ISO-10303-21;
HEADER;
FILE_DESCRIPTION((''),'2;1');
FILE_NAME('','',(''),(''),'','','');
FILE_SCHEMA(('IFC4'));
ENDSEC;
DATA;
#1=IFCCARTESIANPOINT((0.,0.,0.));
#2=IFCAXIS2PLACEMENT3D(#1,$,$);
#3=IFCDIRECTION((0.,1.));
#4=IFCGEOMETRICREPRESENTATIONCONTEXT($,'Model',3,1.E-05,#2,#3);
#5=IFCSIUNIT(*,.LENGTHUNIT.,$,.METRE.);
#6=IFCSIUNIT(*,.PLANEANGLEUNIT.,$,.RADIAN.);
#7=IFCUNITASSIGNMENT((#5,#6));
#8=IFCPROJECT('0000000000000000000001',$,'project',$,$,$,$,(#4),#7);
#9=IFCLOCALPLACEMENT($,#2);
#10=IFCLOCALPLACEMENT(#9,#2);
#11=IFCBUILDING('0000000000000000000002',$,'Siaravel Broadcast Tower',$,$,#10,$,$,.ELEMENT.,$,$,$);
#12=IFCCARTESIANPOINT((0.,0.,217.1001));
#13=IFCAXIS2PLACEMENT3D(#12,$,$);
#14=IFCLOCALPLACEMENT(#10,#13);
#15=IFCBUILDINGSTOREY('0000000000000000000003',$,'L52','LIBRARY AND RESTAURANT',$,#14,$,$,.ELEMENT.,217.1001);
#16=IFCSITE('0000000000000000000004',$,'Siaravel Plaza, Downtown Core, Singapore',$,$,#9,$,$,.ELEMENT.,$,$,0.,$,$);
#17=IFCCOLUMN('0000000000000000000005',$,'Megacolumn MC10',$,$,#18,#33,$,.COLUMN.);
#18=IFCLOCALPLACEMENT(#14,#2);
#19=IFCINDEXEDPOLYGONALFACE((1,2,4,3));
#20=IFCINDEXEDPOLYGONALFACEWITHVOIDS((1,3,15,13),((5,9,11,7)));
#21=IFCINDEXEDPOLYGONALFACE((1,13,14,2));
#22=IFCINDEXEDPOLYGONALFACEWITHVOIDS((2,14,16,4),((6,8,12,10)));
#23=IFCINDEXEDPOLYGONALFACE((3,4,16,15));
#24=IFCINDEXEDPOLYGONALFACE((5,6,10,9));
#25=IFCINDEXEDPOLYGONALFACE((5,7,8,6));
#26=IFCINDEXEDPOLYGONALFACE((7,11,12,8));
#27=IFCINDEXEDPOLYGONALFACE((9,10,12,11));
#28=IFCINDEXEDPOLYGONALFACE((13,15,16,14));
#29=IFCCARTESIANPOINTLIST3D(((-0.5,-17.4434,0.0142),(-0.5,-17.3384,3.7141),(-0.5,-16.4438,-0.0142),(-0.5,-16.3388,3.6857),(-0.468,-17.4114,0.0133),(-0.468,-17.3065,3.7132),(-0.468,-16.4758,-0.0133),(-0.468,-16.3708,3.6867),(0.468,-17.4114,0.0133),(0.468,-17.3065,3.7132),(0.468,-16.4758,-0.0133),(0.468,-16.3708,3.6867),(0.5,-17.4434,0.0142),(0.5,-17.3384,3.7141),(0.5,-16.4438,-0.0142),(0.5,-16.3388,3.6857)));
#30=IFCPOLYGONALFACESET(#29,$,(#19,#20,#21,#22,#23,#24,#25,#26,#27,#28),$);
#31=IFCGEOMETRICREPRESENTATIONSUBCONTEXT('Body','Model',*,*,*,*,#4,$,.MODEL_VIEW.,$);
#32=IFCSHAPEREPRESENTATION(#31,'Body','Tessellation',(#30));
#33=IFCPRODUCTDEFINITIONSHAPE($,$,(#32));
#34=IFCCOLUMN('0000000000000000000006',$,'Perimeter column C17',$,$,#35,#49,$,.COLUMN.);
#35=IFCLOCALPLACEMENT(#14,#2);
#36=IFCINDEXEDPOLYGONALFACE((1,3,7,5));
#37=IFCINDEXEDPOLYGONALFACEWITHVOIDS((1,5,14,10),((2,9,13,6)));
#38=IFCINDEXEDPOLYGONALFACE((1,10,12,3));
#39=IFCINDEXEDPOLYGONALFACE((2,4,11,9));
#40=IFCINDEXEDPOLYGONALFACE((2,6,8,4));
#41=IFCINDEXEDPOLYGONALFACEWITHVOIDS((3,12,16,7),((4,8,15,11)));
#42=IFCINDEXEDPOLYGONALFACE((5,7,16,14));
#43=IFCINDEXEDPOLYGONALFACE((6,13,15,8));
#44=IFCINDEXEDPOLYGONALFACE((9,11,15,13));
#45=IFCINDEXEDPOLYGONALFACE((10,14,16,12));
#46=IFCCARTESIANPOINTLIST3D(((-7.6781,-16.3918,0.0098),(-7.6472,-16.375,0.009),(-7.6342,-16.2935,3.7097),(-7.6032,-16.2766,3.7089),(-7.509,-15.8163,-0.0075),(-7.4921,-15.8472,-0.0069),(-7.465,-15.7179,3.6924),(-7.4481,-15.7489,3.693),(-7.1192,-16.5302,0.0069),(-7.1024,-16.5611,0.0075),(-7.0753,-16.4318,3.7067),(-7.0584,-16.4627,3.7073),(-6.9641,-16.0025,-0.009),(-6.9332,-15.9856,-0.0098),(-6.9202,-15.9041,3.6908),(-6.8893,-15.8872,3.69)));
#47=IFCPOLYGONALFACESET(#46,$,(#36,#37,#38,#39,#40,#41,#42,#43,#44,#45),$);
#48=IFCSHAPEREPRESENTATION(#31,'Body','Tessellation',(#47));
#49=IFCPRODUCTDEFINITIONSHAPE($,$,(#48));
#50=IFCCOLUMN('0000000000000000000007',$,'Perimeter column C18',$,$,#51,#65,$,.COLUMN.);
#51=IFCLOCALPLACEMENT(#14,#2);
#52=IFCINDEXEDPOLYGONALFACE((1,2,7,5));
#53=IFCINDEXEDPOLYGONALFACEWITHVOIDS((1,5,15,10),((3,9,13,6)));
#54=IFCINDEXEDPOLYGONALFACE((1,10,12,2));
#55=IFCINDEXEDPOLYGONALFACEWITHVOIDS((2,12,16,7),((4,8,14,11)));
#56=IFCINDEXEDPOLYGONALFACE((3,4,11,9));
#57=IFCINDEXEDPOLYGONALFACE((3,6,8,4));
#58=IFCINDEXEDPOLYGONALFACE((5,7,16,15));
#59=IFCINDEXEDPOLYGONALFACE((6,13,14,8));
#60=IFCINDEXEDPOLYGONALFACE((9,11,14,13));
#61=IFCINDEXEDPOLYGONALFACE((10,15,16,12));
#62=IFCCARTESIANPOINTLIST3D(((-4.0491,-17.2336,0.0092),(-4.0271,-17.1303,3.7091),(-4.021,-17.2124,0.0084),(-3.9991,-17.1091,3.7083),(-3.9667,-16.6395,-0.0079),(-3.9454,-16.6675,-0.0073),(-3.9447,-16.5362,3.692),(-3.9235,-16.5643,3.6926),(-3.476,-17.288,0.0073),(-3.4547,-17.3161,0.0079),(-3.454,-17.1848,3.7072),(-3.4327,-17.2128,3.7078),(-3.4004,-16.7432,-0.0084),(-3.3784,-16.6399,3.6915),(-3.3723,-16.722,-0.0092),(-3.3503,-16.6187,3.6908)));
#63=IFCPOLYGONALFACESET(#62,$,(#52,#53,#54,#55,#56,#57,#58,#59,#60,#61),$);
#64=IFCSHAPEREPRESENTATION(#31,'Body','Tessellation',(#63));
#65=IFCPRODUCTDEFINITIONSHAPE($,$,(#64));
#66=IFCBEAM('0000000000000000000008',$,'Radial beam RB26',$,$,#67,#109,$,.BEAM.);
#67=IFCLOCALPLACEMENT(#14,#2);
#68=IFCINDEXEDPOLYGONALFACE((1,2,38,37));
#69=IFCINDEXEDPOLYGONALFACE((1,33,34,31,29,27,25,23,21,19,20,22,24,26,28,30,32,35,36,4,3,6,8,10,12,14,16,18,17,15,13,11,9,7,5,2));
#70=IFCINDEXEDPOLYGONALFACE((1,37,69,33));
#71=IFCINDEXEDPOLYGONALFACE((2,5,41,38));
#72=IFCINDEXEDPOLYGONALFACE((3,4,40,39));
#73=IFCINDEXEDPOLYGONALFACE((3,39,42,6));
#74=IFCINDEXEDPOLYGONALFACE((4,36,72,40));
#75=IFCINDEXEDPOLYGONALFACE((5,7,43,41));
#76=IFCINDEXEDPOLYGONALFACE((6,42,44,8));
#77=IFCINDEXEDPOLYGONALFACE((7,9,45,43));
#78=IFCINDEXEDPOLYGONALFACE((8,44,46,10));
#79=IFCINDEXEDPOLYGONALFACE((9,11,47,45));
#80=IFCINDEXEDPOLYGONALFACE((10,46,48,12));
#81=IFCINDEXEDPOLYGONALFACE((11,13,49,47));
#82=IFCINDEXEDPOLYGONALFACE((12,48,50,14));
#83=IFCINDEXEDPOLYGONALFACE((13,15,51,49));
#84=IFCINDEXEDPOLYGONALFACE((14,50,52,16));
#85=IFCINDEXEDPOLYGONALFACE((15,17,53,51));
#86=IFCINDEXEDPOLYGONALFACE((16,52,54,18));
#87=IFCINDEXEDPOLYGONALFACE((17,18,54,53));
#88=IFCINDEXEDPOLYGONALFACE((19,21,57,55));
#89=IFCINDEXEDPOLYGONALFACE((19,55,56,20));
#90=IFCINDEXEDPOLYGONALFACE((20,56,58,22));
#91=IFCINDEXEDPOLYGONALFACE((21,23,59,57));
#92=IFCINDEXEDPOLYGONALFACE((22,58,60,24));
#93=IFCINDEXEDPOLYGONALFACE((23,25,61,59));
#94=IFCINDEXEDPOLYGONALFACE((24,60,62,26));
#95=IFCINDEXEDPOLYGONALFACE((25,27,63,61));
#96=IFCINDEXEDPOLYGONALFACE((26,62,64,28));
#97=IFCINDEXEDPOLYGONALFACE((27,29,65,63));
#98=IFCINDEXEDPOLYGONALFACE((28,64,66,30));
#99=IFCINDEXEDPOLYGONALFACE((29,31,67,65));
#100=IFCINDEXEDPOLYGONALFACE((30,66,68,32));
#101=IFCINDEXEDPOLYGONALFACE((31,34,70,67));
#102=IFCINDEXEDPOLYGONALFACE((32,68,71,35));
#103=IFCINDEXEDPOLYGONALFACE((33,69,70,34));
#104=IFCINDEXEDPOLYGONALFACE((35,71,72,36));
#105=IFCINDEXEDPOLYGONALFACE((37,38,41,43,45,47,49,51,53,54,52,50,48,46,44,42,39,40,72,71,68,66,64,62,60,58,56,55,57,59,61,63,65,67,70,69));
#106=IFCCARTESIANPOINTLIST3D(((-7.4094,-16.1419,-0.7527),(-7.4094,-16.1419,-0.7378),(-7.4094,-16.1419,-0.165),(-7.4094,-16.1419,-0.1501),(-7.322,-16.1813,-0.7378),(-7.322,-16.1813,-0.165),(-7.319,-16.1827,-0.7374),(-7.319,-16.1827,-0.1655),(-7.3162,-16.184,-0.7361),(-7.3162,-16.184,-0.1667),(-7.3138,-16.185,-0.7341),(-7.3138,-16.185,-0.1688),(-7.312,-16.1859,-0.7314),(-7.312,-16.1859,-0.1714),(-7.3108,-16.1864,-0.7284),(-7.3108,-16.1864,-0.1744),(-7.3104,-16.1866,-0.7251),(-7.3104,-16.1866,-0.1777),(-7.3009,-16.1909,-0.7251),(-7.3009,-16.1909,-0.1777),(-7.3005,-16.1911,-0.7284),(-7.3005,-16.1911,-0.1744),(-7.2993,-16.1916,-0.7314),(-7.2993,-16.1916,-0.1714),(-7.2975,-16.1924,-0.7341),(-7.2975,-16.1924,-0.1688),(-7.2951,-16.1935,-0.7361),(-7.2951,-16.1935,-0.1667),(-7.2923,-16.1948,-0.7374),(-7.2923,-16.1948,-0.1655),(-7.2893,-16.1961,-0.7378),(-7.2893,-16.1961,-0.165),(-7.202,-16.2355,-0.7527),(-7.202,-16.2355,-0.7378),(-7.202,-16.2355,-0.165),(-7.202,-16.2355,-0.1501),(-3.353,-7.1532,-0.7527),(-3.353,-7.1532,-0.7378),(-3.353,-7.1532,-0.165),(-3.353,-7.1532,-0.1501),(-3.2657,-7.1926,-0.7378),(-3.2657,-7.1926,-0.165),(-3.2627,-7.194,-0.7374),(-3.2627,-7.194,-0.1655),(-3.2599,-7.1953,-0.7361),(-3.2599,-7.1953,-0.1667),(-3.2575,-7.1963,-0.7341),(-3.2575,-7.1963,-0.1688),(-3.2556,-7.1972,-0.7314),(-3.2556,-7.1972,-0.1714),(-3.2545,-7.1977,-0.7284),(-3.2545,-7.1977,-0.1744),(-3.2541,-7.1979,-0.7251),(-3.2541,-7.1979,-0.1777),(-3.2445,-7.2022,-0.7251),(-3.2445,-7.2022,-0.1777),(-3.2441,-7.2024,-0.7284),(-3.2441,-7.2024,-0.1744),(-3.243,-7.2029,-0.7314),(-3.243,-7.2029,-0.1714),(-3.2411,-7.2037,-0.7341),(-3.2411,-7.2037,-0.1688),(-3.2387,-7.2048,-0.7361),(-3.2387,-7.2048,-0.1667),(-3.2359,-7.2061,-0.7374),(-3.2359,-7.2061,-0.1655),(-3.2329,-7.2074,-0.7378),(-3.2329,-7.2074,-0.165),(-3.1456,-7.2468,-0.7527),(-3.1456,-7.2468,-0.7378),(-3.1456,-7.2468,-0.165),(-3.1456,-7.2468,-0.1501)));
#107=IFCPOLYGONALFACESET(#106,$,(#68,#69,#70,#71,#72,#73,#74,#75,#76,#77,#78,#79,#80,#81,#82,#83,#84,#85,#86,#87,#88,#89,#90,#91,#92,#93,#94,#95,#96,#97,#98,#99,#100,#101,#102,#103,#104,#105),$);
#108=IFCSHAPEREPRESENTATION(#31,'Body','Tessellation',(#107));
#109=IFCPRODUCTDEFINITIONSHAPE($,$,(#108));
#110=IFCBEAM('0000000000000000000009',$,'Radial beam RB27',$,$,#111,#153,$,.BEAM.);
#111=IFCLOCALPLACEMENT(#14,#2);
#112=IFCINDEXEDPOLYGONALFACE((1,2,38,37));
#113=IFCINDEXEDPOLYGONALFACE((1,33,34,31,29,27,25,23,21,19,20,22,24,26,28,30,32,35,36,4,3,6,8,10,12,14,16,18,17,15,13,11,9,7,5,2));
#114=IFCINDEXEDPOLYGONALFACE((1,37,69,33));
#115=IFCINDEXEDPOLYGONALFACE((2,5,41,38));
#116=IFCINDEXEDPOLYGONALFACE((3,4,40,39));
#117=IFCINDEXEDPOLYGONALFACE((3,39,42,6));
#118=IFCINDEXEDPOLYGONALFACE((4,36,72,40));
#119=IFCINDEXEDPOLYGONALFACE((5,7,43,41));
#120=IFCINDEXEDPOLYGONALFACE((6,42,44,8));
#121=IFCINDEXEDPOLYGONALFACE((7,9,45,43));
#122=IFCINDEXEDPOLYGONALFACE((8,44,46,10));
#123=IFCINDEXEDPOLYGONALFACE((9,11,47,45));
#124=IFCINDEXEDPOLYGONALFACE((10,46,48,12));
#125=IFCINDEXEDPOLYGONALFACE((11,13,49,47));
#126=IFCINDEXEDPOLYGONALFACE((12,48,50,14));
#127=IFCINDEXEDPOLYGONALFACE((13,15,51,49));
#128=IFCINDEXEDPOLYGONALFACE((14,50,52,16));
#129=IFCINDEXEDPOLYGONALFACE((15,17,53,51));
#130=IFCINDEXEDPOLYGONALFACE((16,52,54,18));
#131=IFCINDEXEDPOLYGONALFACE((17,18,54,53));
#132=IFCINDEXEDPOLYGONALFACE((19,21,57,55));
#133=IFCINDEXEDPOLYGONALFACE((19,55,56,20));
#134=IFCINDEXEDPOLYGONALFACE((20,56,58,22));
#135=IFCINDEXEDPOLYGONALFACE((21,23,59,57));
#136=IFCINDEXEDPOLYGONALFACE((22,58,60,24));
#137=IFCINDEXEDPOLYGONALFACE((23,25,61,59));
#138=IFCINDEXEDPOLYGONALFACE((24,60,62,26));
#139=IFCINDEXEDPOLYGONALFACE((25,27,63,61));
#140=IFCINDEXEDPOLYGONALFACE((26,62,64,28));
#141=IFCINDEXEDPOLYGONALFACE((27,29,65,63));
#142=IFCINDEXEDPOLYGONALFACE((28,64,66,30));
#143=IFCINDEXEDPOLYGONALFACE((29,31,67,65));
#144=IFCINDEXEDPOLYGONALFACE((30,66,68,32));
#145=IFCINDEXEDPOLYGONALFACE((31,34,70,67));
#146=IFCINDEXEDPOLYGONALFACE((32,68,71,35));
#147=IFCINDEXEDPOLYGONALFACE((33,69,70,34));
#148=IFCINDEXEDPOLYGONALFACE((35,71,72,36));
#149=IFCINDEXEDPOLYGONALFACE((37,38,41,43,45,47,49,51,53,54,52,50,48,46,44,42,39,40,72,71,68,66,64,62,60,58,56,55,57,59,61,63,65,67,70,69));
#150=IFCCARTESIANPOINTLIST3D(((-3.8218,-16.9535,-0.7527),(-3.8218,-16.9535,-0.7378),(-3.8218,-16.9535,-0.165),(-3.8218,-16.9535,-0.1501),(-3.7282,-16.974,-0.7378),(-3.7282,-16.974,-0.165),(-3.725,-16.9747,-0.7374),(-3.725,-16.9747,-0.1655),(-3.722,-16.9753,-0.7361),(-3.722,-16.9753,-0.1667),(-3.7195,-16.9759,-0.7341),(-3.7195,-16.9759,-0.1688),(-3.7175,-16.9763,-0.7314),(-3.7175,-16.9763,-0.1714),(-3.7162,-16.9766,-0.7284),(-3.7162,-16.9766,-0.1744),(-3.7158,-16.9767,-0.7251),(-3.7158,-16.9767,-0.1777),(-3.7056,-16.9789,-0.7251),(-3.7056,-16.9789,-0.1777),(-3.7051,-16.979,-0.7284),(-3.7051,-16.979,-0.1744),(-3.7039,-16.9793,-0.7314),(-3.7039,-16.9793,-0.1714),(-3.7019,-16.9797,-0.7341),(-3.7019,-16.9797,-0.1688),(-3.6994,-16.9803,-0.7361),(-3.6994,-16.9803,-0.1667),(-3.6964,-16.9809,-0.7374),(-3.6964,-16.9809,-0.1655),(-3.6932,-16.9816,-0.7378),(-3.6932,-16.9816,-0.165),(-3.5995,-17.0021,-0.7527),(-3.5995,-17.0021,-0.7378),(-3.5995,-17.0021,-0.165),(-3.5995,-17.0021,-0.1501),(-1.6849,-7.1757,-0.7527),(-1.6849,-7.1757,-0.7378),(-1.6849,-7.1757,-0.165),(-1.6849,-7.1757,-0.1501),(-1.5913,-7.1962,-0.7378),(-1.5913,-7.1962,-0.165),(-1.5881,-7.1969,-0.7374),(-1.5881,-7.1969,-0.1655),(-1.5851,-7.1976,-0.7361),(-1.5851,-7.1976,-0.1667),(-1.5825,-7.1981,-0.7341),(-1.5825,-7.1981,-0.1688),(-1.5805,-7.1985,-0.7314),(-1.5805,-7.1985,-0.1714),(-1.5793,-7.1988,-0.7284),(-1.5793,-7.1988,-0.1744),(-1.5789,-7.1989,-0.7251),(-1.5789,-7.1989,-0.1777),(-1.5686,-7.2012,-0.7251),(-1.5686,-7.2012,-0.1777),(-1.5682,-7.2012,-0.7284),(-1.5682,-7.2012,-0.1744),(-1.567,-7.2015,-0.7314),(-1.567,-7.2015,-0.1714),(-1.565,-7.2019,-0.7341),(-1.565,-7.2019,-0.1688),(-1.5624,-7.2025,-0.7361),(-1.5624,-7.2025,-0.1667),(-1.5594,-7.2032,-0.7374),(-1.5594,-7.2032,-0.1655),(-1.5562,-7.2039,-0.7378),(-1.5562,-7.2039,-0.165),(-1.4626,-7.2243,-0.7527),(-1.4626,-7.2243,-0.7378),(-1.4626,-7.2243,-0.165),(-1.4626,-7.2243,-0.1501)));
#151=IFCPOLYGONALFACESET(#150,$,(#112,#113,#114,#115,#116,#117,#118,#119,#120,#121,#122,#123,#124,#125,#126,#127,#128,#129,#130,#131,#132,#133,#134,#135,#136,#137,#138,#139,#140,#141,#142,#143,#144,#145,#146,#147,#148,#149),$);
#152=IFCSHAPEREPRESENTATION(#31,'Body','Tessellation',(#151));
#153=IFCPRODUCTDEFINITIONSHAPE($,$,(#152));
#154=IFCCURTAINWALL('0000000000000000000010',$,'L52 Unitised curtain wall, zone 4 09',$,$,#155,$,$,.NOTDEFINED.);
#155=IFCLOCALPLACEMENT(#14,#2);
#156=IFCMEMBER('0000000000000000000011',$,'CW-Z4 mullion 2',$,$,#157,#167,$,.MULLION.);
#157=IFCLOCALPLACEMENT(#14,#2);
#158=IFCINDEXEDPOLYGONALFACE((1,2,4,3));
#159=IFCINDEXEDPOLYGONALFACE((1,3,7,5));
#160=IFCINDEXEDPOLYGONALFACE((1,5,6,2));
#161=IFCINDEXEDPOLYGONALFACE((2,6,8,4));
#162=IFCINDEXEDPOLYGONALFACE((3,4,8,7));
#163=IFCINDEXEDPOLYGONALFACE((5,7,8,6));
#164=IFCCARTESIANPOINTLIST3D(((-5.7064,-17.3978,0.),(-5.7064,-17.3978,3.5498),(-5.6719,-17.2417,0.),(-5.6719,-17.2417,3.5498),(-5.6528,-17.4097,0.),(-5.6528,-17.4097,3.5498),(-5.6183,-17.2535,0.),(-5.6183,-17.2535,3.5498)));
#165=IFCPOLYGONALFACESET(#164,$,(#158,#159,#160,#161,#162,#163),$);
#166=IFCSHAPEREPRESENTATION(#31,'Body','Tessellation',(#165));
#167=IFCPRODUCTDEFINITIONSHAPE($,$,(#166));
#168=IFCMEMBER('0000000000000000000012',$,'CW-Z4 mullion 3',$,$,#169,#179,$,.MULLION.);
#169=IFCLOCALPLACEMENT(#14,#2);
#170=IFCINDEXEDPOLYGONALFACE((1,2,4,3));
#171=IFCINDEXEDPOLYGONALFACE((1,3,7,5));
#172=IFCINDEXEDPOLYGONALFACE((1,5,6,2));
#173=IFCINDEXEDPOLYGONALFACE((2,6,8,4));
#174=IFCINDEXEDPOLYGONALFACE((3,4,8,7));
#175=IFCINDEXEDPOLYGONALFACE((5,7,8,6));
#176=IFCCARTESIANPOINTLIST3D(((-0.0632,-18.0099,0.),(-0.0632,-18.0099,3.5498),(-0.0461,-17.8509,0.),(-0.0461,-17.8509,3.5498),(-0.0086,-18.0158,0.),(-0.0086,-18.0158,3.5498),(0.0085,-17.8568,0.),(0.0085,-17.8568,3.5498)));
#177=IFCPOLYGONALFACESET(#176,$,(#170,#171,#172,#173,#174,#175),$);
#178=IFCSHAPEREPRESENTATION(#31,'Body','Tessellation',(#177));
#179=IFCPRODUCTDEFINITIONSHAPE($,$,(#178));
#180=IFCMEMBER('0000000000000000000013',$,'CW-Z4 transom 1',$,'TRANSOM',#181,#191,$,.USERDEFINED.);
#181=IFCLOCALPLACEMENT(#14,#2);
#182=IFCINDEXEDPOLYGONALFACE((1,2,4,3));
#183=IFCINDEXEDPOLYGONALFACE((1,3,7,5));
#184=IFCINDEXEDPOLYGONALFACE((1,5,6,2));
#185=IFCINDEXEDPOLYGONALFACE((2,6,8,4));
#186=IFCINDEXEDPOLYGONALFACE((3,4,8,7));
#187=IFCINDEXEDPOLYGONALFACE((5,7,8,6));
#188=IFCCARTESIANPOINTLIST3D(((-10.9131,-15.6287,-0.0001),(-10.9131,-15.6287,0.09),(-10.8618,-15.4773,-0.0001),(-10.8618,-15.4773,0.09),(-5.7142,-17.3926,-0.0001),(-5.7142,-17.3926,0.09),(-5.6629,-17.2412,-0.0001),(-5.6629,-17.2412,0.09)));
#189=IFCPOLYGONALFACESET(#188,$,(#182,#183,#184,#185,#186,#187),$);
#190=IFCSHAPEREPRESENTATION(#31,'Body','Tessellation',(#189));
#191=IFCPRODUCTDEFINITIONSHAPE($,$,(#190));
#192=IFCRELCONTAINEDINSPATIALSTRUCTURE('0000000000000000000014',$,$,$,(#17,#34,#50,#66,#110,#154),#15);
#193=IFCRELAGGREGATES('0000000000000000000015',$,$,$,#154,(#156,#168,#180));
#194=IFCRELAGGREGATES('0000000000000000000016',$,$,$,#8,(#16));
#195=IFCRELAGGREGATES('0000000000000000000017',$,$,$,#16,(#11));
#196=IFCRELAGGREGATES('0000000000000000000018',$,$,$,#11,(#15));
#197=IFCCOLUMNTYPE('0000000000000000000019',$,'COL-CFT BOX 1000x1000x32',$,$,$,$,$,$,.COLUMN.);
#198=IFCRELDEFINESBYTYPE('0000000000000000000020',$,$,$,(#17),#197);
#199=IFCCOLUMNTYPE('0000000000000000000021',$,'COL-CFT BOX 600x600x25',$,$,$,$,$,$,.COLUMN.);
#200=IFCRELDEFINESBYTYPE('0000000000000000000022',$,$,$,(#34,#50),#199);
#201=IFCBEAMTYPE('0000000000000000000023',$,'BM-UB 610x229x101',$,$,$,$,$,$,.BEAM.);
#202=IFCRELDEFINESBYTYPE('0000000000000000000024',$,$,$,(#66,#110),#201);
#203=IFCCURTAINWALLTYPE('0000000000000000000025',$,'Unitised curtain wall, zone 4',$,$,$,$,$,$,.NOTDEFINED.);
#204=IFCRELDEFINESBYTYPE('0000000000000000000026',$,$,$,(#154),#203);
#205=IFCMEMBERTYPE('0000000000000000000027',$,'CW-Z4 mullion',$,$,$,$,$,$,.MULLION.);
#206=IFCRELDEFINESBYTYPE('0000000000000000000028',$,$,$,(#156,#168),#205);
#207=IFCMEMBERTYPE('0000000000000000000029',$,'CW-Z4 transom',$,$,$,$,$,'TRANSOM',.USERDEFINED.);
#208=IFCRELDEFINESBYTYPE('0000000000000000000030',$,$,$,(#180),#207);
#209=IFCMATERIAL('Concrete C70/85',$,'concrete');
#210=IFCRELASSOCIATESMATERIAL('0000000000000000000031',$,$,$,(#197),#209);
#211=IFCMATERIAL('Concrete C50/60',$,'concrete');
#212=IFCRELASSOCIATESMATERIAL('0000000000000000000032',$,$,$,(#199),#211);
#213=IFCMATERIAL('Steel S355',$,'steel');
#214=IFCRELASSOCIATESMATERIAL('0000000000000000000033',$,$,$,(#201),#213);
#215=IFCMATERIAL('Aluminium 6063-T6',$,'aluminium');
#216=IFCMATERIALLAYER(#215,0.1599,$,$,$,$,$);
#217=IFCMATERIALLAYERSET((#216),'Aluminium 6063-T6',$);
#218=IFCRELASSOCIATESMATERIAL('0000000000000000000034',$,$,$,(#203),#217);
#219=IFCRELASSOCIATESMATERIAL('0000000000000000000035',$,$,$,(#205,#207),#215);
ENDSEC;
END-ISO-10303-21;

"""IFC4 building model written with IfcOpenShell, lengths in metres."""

from ifc_helpers import new_model, si_unit, direction, frame, origin, origin_2d, place, context, subcontext, project, spatial, rectangle, hollow_rectangle, i_section, extrude, material, layer, layer_set, material_profile, profile_set, type_object, element, aggregate, save


model = new_model("IFC4")

# Units and contexts
model_context = context("Model", 3, precision=1e-05, world=origin(), true_north=direction((0.0, 1.0)))
body_context = subcontext(model_context, "Body", "Model", "MODEL_VIEW")
ifc_project = project(units=[si_unit("LENGTHUNIT", "METRE"), si_unit("PLANEANGLEUNIT", "RADIAN")], contexts=[model_context])

# Site, building, storey
site_placement = place(None, origin())
site = spatial("IfcSite", under=ifc_project, at=site_placement, Name="Siaravel Plaza, Downtown Core, Singapore", CompositionType="ELEMENT", RefElevation=0.0)
building_placement = place(site_placement, origin())
building = spatial("IfcBuilding", under=site, at=building_placement, Name="Siaravel Broadcast Tower", CompositionType="ELEMENT")
storey_placement = place(building_placement, frame((0.0, 0.0, 217.1001)))
storey = spatial("IfcBuildingStorey", under=building, at=storey_placement, Name="L52", Description="LIBRARY AND RESTAURANT", CompositionType="ELEMENT", Elevation=217.1001)

# Columns
ifc_material_1 = material(Name="Concrete C70/85", Category="concrete")
ifc_material_profile_1 = material_profile(ifc_material_1, hollow_rectangle(XDim=1.0, YDim=1.0, WallThickness=0.032, at=origin_2d()))
ifc_profile_set_1 = profile_set([ifc_material_profile_1], Name="Concrete C70/85")
column_type_1 = type_object("IfcColumnType", Name="COL-CFT BOX 1000x1000x32", PredefinedType="COLUMN", material=ifc_profile_set_1)
column_placement = place(storey_placement, frame((0.0, -16.9436, 0.0), z_axis=(0.0, 0.028362, 0.999598), x_axis=(-1.0, 0.0, 0.0)))
element("IfcColumn", 1, at=column_placement, inside=storey, type_object=column_type_1, Name="Megacolumn MC10", PredefinedType="COLUMN", context=body_context, shape_type="SweptSolid", body=[
    extrude(hollow_rectangle(XDim=1.0, YDim=1.0, WallThickness=0.032, at=origin_2d()), origin(), (0.0, 0.0, 1.0), 3.7014),
])
ifc_material_2 = material(Name="Concrete C50/60", Category="concrete")
ifc_material_profile_2 = material_profile(ifc_material_2, hollow_rectangle(XDim=0.6001, YDim=0.6001, WallThickness=0.0249, at=origin_2d()))
ifc_profile_set_2 = profile_set([ifc_material_profile_2], Name="Concrete C50/60")
column_type_2 = type_object("IfcColumnType", Name="COL-CFT BOX 600x600x25", PredefinedType="COLUMN", material=ifc_profile_set_2)
for number, where, z_axis, x_axis, name in (
    (2, (-7.3057, -16.1887, 0.0), (0.011872, 0.026581, 0.999576), (-0.959385, 0.282074, 0.003894), "Perimeter column C17"),
    (3, (-3.7107, -16.9778, 0.0), (0.005936, 0.0279, 0.999593), (-0.990502, 0.137481, 0.002045), "Perimeter column C18"),
):
    element("IfcColumn", number, at=place(storey_placement, frame(where, z_axis=z_axis, x_axis=x_axis)), inside=storey, type_object=column_type_2, Name=name, PredefinedType="COLUMN", context=body_context, shape_type="SweptSolid", body=[
        extrude(hollow_rectangle(XDim=0.6001, YDim=0.6001, WallThickness=0.0249, at=origin_2d()), origin(), (0.0, 0.0, 1.0), 3.7014),
    ])

# Beams
ifc_material_3 = material(Name="Steel S355", Category="steel")
ifc_material_profile_3 = material_profile(ifc_material_3, i_section(OverallWidth=0.2275, OverallDepth=0.6025, WebThickness=0.0105, FlangeThickness=0.0149, FilletRadius=0.0127, at=origin_2d()))
ifc_profile_set_3 = profile_set([ifc_material_profile_3], Name="Steel S355")
beam_type = type_object("IfcBeamType", Name="BM-UB 610x229x101", PredefinedType="BEAM", material=ifc_profile_set_3)
beam_1_placement = place(storey_placement, frame((-7.3057, -16.1887, -0.4514), z_axis=(0.41133, 0.911486, 0.0), x_axis=(-0.911486, 0.41133, 0.0)))
element("IfcBeam", 4, at=beam_1_placement, inside=storey, type_object=beam_type, Name="Radial beam RB26", PredefinedType="BEAM", context=body_context, shape_type="SweptSolid", body=[
    extrude(i_section(OverallWidth=0.2275, OverallDepth=0.6025, WebThickness=0.0105, FlangeThickness=0.0149, FilletRadius=0.0127, at=origin_2d()), origin(), (0.0, 0.0, 1.0), 9.8616),
])
beam_2_placement = place(storey_placement, frame((-3.7107, -16.9778, -0.4514), z_axis=(0.213512, 0.97694, 0.0), x_axis=(-0.97694, 0.213512, 0.0)))
element("IfcBeam", 5, at=beam_2_placement, inside=storey, type_object=beam_type, Name="Radial beam RB27", PredefinedType="BEAM", context=body_context, shape_type="SweptSolid", body=[
    extrude(i_section(OverallWidth=0.2275, OverallDepth=0.6025, WebThickness=0.0105, FlangeThickness=0.0149, FilletRadius=0.0127, at=origin_2d()), origin(), (0.0, 0.0, 1.0), 10.0085),
])

# Curtain wall, members
ifc_material_4 = material(Name="Aluminium 6063-T6", Category="aluminium")
ifc_layer_1 = layer(ifc_material_4, 0.1599)
ifc_layer_set_1 = layer_set([ifc_layer_1], Name="Aluminium 6063-T6")
curtain_wall_type = type_object("IfcCurtainWallType", Name="Unitised curtain wall, zone 4", PredefinedType="NOTDEFINED", material=ifc_layer_set_1)
curtain_wall_placement = place(storey_placement, origin())
curtain_wall = element("IfcCurtainWall", 6, at=curtain_wall_placement, inside=storey, type_object=curtain_wall_type, Name="L52 Unitised curtain wall, zone 4 09", PredefinedType="NOTDEFINED")
ifc_material_profile_4 = material_profile(ifc_material_4, rectangle(XDim=0.1599, YDim=0.0549, at=origin_2d()))
ifc_profile_set_4 = profile_set([ifc_material_profile_4], Name="Aluminium 6063-T6")
member_type_1 = type_object("IfcMemberType", Name="CW-Z4 mullion", PredefinedType="MULLION", material=ifc_profile_set_4)
member_1_placement = place(storey_placement, frame((-5.6624, -17.3257, 0.0), z_axis=(0.0, 0.0, 1.0), x_axis=(0.215558, 0.976491, 0.0)))
member_1 = element("IfcMember", 7, at=member_1_placement, type_object=member_type_1, Name="CW-Z4 mullion 2", PredefinedType="MULLION", context=body_context, shape_type="SweptSolid", body=[
    extrude(rectangle(XDim=0.1599, YDim=0.0549, at=origin_2d()), origin(), (0.0, 0.0, 1.0), 3.5498),
])
member_2_placement = place(storey_placement, frame((-0.0273, -17.9333, 0.0), z_axis=(0.0, 0.0, 1.0), x_axis=(0.107218, 0.994236, 0.0)))
member_2 = element("IfcMember", 8, at=member_2_placement, type_object=member_type_1, Name="CW-Z4 mullion 3", PredefinedType="MULLION", context=body_context, shape_type="SweptSolid", body=[
    extrude(rectangle(XDim=0.1599, YDim=0.0549, at=origin_2d()), origin(), (0.0, 0.0, 1.0), 3.5498),
])
ifc_material_profile_5 = material_profile(ifc_material_4, rectangle(XDim=0.1599, YDim=0.0901, at=origin_2d()))
ifc_profile_set_5 = profile_set([ifc_material_profile_5], Name="Aluminium 6063-T6")
member_type_2 = type_object("IfcMemberType", Name="CW-Z4 transom", ElementType="TRANSOM", PredefinedType="USERDEFINED", material=ifc_profile_set_5)
member_3_placement = place(storey_placement, frame((-10.8875, -15.553, 0.0449), z_axis=(0.94698, -0.321293, 0.0), x_axis=(0.321293, 0.94698, 0.0)))
member_3 = element("IfcMember", 9, at=member_3_placement, type_object=member_type_2, Name="CW-Z4 transom 1", ObjectType="TRANSOM", PredefinedType="USERDEFINED", context=body_context, shape_type="SweptSolid", body=[
    extrude(rectangle(XDim=0.1599, YDim=0.0901, at=origin_2d()), origin(), (0.0, 0.0, 1.0), 5.49),
])

aggregate(curtain_wall, [member_1, member_2, member_3])

save(model, "model.ifc")
